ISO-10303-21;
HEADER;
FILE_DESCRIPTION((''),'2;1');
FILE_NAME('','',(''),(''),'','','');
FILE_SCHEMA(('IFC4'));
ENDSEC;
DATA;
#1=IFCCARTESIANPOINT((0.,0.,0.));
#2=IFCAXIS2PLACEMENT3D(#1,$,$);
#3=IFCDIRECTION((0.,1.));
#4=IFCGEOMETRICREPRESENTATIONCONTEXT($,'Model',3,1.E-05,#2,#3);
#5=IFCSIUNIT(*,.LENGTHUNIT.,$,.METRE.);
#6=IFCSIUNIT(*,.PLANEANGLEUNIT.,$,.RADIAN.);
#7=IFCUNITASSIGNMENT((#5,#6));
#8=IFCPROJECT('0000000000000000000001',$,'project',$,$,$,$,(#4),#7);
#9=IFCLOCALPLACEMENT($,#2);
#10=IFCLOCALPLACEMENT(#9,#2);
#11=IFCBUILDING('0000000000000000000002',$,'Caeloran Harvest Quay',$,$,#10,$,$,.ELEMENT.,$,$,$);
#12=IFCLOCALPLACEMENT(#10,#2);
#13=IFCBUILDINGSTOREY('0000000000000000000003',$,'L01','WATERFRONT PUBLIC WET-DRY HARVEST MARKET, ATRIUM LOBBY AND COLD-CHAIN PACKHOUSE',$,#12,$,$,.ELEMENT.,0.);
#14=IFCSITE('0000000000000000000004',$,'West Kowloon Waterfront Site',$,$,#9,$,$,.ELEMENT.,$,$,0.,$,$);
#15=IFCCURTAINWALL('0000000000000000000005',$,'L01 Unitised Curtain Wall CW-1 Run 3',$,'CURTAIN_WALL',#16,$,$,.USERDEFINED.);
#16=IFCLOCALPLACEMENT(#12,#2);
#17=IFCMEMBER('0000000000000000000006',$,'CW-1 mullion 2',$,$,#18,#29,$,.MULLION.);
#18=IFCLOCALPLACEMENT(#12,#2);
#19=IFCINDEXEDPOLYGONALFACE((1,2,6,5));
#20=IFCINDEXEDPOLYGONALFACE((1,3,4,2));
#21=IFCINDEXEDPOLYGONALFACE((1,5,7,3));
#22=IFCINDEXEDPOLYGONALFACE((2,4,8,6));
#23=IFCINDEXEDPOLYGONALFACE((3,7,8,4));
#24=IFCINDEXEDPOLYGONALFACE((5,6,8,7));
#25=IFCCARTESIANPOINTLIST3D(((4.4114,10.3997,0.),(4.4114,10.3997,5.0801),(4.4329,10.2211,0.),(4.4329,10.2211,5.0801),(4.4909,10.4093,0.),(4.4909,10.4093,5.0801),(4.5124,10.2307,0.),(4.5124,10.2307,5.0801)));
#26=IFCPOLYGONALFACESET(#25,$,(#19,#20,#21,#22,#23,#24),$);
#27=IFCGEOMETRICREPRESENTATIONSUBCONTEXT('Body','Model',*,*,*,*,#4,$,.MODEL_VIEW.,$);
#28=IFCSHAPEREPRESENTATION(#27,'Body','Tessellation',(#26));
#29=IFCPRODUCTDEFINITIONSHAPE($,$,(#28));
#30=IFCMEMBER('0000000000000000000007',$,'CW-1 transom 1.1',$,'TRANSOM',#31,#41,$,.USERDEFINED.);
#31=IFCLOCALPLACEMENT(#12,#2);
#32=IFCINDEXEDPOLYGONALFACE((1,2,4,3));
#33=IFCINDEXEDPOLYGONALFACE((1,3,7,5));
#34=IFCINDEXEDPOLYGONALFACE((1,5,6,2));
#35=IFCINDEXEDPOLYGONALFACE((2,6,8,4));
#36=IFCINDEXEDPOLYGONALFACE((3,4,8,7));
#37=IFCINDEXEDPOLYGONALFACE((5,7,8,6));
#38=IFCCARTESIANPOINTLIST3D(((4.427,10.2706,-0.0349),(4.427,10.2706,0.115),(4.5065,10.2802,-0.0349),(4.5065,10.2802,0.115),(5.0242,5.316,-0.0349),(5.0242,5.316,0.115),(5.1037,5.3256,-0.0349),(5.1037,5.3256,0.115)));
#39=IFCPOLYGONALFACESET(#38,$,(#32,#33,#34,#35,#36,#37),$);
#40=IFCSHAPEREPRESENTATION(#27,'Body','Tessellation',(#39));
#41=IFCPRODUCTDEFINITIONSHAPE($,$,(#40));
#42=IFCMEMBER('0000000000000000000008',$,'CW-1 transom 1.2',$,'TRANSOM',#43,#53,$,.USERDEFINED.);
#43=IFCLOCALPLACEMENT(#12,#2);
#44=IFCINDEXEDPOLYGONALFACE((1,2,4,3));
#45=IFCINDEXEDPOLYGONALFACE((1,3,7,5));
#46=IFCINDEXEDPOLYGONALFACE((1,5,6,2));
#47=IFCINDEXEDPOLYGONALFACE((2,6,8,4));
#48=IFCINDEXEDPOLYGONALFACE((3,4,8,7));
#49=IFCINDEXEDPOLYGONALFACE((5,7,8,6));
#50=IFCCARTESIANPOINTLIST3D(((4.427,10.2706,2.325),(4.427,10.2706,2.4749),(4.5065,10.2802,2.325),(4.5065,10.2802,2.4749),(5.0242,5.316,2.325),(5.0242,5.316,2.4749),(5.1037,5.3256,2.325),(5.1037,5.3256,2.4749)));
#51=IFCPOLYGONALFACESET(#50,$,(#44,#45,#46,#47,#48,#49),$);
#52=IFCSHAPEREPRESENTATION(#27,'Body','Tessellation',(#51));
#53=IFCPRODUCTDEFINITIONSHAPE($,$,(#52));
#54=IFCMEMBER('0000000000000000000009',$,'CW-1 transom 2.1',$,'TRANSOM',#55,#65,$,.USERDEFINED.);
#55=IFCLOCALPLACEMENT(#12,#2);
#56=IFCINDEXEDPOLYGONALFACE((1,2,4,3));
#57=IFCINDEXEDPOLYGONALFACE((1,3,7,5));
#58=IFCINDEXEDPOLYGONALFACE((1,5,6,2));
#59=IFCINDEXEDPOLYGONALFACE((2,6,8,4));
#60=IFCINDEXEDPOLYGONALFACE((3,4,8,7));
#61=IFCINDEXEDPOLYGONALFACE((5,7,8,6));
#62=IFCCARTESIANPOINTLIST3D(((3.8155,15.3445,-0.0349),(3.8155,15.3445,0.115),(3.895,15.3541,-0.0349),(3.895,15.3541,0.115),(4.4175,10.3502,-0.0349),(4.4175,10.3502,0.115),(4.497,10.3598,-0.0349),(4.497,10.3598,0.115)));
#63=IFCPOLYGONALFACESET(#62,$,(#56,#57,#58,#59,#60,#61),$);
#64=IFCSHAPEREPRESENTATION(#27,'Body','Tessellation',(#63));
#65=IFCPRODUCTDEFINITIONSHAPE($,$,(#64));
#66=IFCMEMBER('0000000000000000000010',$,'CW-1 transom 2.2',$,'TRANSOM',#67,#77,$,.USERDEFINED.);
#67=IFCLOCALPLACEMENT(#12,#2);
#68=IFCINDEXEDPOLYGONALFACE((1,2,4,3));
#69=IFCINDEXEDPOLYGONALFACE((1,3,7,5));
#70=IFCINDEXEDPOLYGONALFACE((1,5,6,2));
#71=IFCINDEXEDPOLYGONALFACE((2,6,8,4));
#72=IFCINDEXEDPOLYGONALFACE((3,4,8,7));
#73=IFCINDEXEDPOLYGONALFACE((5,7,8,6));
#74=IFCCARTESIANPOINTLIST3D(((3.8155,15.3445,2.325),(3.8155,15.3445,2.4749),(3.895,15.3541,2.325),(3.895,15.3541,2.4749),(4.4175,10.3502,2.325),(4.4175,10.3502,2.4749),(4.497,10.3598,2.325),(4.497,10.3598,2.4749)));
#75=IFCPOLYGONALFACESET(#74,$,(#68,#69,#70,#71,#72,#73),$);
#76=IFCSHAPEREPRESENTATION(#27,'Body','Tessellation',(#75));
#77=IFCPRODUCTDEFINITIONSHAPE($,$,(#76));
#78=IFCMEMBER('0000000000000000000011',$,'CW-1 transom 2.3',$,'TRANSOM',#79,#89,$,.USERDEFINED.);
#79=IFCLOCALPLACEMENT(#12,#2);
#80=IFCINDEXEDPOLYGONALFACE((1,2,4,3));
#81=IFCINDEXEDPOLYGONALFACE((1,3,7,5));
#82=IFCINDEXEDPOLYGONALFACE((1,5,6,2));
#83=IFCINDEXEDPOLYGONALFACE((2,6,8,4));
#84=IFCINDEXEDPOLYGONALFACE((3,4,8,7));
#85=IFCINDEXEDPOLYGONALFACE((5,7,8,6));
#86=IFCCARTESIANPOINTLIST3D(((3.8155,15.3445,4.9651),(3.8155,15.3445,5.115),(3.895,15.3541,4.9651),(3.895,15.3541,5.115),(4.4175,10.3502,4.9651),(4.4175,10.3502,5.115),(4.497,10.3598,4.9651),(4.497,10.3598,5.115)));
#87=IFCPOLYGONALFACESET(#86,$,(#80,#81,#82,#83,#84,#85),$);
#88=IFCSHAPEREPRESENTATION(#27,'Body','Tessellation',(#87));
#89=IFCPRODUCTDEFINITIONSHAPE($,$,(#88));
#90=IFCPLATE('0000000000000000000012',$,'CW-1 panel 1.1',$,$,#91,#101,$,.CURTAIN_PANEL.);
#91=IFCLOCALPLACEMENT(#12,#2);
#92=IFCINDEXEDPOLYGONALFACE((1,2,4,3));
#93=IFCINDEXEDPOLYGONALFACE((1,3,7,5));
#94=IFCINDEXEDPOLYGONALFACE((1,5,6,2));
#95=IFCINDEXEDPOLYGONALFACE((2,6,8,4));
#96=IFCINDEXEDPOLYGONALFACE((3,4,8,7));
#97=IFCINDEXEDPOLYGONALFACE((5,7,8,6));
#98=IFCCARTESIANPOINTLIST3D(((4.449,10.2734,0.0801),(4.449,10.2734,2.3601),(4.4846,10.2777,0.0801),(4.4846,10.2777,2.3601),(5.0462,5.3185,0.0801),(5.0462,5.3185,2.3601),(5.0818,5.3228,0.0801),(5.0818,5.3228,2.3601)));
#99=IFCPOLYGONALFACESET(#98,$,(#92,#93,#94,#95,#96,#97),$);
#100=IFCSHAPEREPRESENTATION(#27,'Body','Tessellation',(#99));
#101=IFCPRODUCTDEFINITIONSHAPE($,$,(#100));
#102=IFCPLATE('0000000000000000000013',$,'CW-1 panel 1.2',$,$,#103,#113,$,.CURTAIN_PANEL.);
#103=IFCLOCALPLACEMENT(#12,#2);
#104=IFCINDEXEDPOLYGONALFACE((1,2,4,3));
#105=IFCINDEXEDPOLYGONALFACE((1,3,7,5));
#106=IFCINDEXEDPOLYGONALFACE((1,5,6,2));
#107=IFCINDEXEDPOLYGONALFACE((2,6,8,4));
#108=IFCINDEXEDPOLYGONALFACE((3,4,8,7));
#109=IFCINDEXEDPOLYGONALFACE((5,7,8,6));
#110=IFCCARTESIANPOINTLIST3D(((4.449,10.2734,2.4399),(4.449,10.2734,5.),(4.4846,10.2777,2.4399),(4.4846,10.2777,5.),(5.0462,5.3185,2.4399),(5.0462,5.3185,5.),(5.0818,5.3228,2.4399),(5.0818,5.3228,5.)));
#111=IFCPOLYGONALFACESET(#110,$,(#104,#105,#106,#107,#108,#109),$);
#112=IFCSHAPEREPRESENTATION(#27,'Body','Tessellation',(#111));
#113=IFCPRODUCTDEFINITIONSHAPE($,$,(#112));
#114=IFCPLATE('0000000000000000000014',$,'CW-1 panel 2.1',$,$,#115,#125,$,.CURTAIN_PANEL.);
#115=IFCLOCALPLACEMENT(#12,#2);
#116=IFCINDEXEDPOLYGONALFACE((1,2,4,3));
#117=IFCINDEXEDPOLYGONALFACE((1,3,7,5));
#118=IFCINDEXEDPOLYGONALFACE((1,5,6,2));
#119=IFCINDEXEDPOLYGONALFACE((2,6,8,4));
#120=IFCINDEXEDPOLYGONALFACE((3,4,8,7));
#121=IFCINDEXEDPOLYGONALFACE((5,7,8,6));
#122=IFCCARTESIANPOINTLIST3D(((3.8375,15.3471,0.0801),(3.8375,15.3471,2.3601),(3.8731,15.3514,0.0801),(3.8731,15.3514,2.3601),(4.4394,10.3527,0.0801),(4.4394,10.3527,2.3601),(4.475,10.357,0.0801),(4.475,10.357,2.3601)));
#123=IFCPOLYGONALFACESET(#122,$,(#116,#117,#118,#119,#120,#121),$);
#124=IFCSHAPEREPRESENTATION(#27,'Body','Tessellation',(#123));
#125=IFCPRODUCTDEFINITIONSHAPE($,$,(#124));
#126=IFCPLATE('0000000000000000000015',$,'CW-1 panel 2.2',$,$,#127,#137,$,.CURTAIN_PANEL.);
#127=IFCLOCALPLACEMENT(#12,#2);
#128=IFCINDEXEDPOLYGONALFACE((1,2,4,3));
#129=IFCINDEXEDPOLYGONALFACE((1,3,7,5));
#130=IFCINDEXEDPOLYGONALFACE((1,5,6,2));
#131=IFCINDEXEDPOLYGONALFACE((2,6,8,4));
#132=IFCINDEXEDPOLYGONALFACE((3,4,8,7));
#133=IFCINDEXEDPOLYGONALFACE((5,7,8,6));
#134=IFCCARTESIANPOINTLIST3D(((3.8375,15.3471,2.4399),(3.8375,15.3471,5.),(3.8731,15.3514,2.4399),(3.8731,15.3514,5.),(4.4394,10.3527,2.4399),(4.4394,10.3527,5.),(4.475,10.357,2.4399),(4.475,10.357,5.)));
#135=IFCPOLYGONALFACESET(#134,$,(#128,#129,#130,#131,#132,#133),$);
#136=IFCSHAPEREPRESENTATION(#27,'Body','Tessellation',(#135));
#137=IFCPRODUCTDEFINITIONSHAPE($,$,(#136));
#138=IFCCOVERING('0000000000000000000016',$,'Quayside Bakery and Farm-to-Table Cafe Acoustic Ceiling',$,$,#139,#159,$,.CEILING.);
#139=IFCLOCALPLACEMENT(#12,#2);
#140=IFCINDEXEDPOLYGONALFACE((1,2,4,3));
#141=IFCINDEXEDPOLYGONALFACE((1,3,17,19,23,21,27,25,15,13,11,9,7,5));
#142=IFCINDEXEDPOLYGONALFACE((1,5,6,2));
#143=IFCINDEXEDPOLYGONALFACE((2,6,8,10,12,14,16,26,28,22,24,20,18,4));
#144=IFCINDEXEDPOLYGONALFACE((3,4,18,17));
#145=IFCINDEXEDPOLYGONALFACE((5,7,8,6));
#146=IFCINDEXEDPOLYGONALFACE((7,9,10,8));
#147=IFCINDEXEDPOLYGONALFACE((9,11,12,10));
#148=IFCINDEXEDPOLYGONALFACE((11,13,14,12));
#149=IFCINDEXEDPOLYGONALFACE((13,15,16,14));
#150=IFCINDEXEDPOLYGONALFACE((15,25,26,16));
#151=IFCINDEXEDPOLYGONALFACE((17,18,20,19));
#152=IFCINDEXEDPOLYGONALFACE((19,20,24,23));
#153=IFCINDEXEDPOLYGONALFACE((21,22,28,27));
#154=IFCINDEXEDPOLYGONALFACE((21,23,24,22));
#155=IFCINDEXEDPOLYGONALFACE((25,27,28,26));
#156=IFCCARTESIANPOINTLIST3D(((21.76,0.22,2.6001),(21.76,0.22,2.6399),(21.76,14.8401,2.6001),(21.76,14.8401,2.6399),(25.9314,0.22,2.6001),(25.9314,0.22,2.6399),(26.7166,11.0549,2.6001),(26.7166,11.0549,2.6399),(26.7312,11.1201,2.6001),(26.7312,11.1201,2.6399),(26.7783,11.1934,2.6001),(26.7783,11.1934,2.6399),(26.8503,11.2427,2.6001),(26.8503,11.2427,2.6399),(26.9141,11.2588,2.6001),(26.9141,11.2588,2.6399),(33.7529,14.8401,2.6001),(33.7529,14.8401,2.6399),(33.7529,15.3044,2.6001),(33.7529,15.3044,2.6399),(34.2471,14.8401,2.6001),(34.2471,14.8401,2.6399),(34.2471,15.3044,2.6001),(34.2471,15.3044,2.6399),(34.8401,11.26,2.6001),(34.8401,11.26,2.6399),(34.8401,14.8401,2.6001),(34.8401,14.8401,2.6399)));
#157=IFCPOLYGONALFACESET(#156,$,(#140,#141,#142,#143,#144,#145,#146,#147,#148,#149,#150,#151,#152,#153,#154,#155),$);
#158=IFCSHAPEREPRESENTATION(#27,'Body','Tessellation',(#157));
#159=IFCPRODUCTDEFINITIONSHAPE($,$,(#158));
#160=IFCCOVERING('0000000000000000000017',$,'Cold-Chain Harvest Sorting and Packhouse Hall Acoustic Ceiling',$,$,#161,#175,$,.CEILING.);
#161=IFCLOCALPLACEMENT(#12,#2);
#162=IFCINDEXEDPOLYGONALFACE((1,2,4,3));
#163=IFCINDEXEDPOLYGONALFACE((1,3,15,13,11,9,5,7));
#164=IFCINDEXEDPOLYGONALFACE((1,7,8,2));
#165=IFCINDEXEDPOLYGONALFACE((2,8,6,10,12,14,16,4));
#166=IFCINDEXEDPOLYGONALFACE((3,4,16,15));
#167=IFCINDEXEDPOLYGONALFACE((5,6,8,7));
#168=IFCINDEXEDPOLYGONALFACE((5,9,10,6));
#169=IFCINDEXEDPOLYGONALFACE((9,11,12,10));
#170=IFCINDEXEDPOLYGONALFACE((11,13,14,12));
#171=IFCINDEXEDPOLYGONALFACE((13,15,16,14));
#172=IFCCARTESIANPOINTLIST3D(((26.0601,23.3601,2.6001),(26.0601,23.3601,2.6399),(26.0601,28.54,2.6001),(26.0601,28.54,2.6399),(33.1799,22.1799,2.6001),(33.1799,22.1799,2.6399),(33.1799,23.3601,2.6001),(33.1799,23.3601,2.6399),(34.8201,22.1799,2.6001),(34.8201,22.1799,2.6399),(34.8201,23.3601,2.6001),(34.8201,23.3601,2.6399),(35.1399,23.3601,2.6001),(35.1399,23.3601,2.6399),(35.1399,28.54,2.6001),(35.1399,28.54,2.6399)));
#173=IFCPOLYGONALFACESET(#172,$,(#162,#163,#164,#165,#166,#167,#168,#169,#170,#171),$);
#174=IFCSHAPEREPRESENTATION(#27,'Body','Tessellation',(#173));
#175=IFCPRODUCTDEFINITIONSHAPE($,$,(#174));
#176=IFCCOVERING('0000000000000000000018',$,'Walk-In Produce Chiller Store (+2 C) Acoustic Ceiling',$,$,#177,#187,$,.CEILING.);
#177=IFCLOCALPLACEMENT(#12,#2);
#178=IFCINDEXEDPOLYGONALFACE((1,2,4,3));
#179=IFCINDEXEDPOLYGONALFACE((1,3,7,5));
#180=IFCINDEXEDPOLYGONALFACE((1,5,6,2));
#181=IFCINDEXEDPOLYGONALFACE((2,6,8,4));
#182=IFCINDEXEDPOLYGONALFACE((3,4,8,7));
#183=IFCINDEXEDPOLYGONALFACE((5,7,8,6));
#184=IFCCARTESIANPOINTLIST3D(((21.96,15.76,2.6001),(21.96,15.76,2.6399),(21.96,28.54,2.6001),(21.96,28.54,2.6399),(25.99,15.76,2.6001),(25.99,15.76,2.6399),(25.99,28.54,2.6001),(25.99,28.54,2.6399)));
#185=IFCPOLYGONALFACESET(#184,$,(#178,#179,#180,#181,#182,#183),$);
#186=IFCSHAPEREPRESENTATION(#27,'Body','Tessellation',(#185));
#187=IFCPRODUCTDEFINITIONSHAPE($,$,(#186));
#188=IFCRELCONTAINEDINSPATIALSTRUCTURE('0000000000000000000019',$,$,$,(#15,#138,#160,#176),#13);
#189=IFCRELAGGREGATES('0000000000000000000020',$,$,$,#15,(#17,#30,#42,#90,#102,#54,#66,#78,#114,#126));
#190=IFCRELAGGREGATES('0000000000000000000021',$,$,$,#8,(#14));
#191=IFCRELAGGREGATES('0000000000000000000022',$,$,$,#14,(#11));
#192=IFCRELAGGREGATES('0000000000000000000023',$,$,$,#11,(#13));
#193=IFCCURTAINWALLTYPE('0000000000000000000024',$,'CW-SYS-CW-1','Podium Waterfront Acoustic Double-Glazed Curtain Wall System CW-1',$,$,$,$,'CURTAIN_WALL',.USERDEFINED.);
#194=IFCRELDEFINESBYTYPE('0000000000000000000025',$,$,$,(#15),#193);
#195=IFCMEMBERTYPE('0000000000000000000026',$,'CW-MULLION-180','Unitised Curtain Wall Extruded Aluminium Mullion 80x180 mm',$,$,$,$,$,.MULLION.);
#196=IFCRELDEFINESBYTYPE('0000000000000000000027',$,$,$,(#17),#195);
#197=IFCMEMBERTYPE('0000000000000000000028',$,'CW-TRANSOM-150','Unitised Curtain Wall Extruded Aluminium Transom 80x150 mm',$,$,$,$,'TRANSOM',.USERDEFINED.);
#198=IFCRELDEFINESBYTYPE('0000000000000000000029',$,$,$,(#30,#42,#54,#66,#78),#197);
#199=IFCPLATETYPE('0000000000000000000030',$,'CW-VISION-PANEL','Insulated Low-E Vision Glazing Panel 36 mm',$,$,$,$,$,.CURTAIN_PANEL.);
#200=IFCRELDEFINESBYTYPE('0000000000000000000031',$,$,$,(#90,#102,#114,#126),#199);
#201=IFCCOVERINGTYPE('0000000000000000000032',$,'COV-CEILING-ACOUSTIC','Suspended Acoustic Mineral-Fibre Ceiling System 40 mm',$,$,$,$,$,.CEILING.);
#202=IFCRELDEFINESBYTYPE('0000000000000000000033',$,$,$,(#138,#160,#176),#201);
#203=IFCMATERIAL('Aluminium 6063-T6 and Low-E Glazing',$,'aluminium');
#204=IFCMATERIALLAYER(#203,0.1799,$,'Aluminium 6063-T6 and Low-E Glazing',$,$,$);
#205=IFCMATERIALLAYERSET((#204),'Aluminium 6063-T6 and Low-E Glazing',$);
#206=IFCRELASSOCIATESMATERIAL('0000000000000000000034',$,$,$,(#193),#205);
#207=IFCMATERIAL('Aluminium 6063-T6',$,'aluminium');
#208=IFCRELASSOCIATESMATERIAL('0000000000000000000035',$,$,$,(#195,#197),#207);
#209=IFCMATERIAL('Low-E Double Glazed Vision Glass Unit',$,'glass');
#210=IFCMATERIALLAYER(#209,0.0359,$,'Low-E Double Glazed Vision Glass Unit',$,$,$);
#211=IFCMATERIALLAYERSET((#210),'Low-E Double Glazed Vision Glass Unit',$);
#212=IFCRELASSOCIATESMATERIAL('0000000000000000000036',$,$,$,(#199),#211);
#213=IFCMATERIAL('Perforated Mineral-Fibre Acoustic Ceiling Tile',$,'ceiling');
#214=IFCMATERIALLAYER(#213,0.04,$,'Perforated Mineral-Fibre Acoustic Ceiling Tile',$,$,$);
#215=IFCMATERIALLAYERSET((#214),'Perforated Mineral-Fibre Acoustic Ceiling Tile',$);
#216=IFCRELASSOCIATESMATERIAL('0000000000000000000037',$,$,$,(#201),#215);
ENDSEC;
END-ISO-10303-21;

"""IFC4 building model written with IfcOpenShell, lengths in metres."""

from ifc_helpers import new_model, si_unit, direction, frame, origin, origin_2d, place, context, subcontext, project, spatial, polyline, rectangle, outline, extrude, material, layer, layer_set, material_profile, profile_set, type_object, element, aggregate, save


model = new_model("IFC4")

# Units and contexts
model_context = context("Model", 3, precision=1e-05, world=origin(), true_north=direction((0.0, 1.0)))
body_context = subcontext(model_context, "Body", "Model", "MODEL_VIEW")
ifc_project = project(units=[si_unit("LENGTHUNIT", "METRE"), si_unit("PLANEANGLEUNIT", "RADIAN")], contexts=[model_context])

# Site, building, storey
site_placement = place(None, origin())
site = spatial("IfcSite", under=ifc_project, at=site_placement, Name="West Kowloon Waterfront Site", CompositionType="ELEMENT", RefElevation=0.0)
building_placement = place(site_placement, origin())
building = spatial("IfcBuilding", under=site, at=building_placement, Name="Caeloran Harvest Quay", CompositionType="ELEMENT")
storey_placement = place(building_placement, origin())
storey = spatial("IfcBuildingStorey", under=building, at=storey_placement, Name="L01", Description="WATERFRONT PUBLIC WET-DRY HARVEST MARKET, ATRIUM LOBBY AND COLD-CHAIN PACKHOUSE", CompositionType="ELEMENT", Elevation=0.0)

# Curtain wall, members, plates
ifc_material_1 = material(Name="Aluminium 6063-T6 and Low-E Glazing", Category="aluminium")
ifc_layer_1 = layer(ifc_material_1, 0.1799, Name="Aluminium 6063-T6 and Low-E Glazing")
ifc_layer_set_1 = layer_set([ifc_layer_1], Name="Aluminium 6063-T6 and Low-E Glazing")
curtain_wall_type = type_object("IfcCurtainWallType", Name="CW-SYS-CW-1", Description="Podium Waterfront Acoustic Double-Glazed Curtain Wall System CW-1", ElementType="CURTAIN_WALL", PredefinedType="USERDEFINED", material=ifc_layer_set_1)
curtain_wall_placement = place(storey_placement, origin())
curtain_wall = element("IfcCurtainWall", 1, at=curtain_wall_placement, inside=storey, type_object=curtain_wall_type, Name="L01 Unitised Curtain Wall CW-1 Run 3", ObjectType="CURTAIN_WALL", PredefinedType="USERDEFINED")
ifc_material_2 = material(Name="Aluminium 6063-T6", Category="aluminium")
ifc_material_profile_1 = material_profile(ifc_material_2, rectangle(XDim=0.0801, YDim=0.1799, at=origin_2d()), Name="CW-MULLION-180")
ifc_profile_set_1 = profile_set([ifc_material_profile_1], Name="Aluminium 6063-T6")
member_type_1 = type_object("IfcMemberType", Name="CW-MULLION-180", Description="Unitised Curtain Wall Extruded Aluminium Mullion 80x180 mm", PredefinedType="MULLION", material=ifc_profile_set_1)
member_1_placement = place(storey_placement, frame((4.4619, 10.3152, 0.0), z_axis=(0.0, 0.0, 1.0), x_axis=(-0.992815, -0.119658, 0.0)))
member_1 = element("IfcMember", 2, at=member_1_placement, type_object=member_type_1, Name="CW-1 mullion 2", PredefinedType="MULLION", context=body_context, shape_type="SweptSolid", body=[
    extrude(rectangle(XDim=0.0801, YDim=0.1799, at=origin_2d()), origin(), (0.0, 0.0, 1.0), 5.0801),
])
ifc_material_profile_2 = material_profile(ifc_material_2, rectangle(XDim=0.0801, YDim=0.1499, at=origin_2d()), Name="CW-TRANSOM-150")
ifc_profile_set_2 = profile_set([ifc_material_profile_2], Name="Aluminium 6063-T6")
member_type_2 = type_object("IfcMemberType", Name="CW-TRANSOM-150", Description="Unitised Curtain Wall Extruded Aluminium Transom 80x150 mm", ElementType="TRANSOM", PredefinedType="USERDEFINED", material=ifc_profile_set_2)
member_2_placement = place(storey_placement, frame((5.064, 5.3208, 0.04), z_axis=(-0.119662, 0.992815, 0.0), x_axis=(-0.992815, -0.119662, 0.0)))
member_2 = element("IfcMember", 3, at=member_2_placement, type_object=member_type_2, Name="CW-1 transom 1.1", ObjectType="TRANSOM", PredefinedType="USERDEFINED", context=body_context, shape_type="SweptSolid", body=[
    extrude(rectangle(XDim=0.0801, YDim=0.1499, at=origin_2d()), origin(), (0.0, 0.0, 1.0), 4.9905),
])
member_3_placement = place(storey_placement, frame((5.064, 5.3208, 2.3999), z_axis=(-0.119662, 0.992815, 0.0), x_axis=(-0.992815, -0.119662, 0.0)))
member_3 = element("IfcMember", 4, at=member_3_placement, type_object=member_type_2, Name="CW-1 transom 1.2", ObjectType="TRANSOM", PredefinedType="USERDEFINED", context=body_context, shape_type="SweptSolid", body=[
    extrude(rectangle(XDim=0.0801, YDim=0.1499, at=origin_2d()), origin(), (0.0, 0.0, 1.0), 4.9905),
])
member_4_placement = place(storey_placement, frame((4.4573, 10.355, 0.04), z_axis=(-0.119679, 0.992813, 0.0), x_axis=(-0.992813, -0.119679, 0.0)))
member_4 = element("IfcMember", 5, at=member_4_placement, type_object=member_type_2, Name="CW-1 transom 2.1", ObjectType="TRANSOM", PredefinedType="USERDEFINED", context=body_context, shape_type="SweptSolid", body=[
    extrude(rectangle(XDim=0.0801, YDim=0.1499, at=origin_2d()), origin(), (0.0, 0.0, 1.0), 5.0305),
])
member_5_placement = place(storey_placement, frame((4.4573, 10.355, 2.3999), z_axis=(-0.119679, 0.992813, 0.0), x_axis=(-0.992813, -0.119679, 0.0)))
member_5 = element("IfcMember", 6, at=member_5_placement, type_object=member_type_2, Name="CW-1 transom 2.2", ObjectType="TRANSOM", PredefinedType="USERDEFINED", context=body_context, shape_type="SweptSolid", body=[
    extrude(rectangle(XDim=0.0801, YDim=0.1499, at=origin_2d()), origin(), (0.0, 0.0, 1.0), 5.0305),
])
member_6_placement = place(storey_placement, frame((4.4573, 10.355, 5.04), z_axis=(-0.119679, 0.992813, 0.0), x_axis=(-0.992813, -0.119679, 0.0)))
member_6 = element("IfcMember", 7, at=member_6_placement, type_object=member_type_2, Name="CW-1 transom 2.3", ObjectType="TRANSOM", PredefinedType="USERDEFINED", context=body_context, shape_type="SweptSolid", body=[
    extrude(rectangle(XDim=0.0801, YDim=0.1499, at=origin_2d()), origin(), (0.0, 0.0, 1.0), 5.0305),
])
ifc_material_3 = material(Name="Low-E Double Glazed Vision Glass Unit", Category="glass")
ifc_layer_2 = layer(ifc_material_3, 0.0359, Name="Low-E Double Glazed Vision Glass Unit")
ifc_layer_set_2 = layer_set([ifc_layer_2], Name="Low-E Double Glazed Vision Glass Unit")
plate_type = type_object("IfcPlateType", Name="CW-VISION-PANEL", Description="Insulated Low-E Vision Glazing Panel 36 mm", PredefinedType="CURTAIN_PANEL", material=ifc_layer_set_2)
plate_1_placement = place(storey_placement, frame((4.7654, 7.7981, 0.0801), z_axis=(0.0, 0.0, 1.0), x_axis=(-0.119658, 0.992815, 0.0)))
plate_1 = element("IfcPlate", 8, at=plate_1_placement, type_object=plate_type, Name="CW-1 panel 1.1", PredefinedType="CURTAIN_PANEL", context=body_context, shape_type="SweptSolid", body=[
    extrude(rectangle(XDim=4.9907, YDim=0.0359, at=origin_2d()), origin(), (0.0, 0.0, 1.0), 2.28),
])
plate_2_placement = place(storey_placement, frame((4.7654, 7.7981, 2.4399), z_axis=(0.0, 0.0, 1.0), x_axis=(-0.119658, 0.992815, 0.0)))
plate_2 = element("IfcPlate", 9, at=plate_2_placement, type_object=plate_type, Name="CW-1 panel 1.2", PredefinedType="CURTAIN_PANEL", context=body_context, shape_type="SweptSolid", body=[
    extrude(rectangle(XDim=4.9907, YDim=0.0359, at=origin_2d()), origin(), (0.0, 0.0, 1.0), 2.5601),
])
plate_3_placement = place(storey_placement, frame((4.1562, 12.8521, 0.0801), z_axis=(0.0, 0.0, 1.0), x_axis=(-0.119658, 0.992815, 0.0)))
plate_3 = element("IfcPlate", 10, at=plate_3_placement, type_object=plate_type, Name="CW-1 panel 2.1", PredefinedType="CURTAIN_PANEL", context=body_context, shape_type="SweptSolid", body=[
    extrude(rectangle(XDim=5.0305, YDim=0.0359, at=origin_2d()), origin(), (0.0, 0.0, 1.0), 2.28),
])
plate_4_placement = place(storey_placement, frame((4.1562, 12.8521, 2.4399), z_axis=(0.0, 0.0, 1.0), x_axis=(-0.119658, 0.992815, 0.0)))
plate_4 = element("IfcPlate", 11, at=plate_4_placement, type_object=plate_type, Name="CW-1 panel 2.2", PredefinedType="CURTAIN_PANEL", context=body_context, shape_type="SweptSolid", body=[
    extrude(rectangle(XDim=5.0305, YDim=0.0359, at=origin_2d()), origin(), (0.0, 0.0, 1.0), 2.5601),
])
aggregate(curtain_wall, [member_1, member_2, member_3, plate_1, plate_2, member_4, member_5, member_6, plate_3, plate_4])

# Coverings
ifc_material_4 = material(Name="Perforated Mineral-Fibre Acoustic Ceiling Tile", Category="ceiling")
ifc_layer_3 = layer(ifc_material_4, 0.04, Name="Perforated Mineral-Fibre Acoustic Ceiling Tile")
ifc_layer_set_3 = layer_set([ifc_layer_3], Name="Perforated Mineral-Fibre Acoustic Ceiling Tile")
covering_type_1 = type_object("IfcCoveringType", Name="COV-CEILING-ACOUSTIC", Description="Suspended Acoustic Mineral-Fibre Ceiling System 40 mm", PredefinedType="CEILING", material=ifc_layer_set_3)
covering_1_placement = place(storey_placement, frame((0.0, 0.0, 2.6001)))
element("IfcCovering", 12, at=covering_1_placement, inside=storey, type_object=covering_type_1, Name="Quayside Bakery and Farm-to-Table Cafe Acoustic Ceiling", PredefinedType="CEILING", context=body_context, shape_type="SweptSolid", body=[
    extrude(outline(polyline([(26.9141, 11.2588), (26.8503, 11.2427), (26.7783, 11.1934), (26.7312, 11.1201), (26.7166, 11.0549), (25.9314, 0.22), (21.76, 0.22), (21.76, 14.8401), (33.7529, 14.8401), (33.7529, 15.3044), (34.2471, 15.3044), (34.2471, 14.8401), (34.8401, 14.8401), (34.8401, 11.26), (26.9141, 11.2588)])), origin(), (0.0, 0.0, 1.0), 0.0398),
])
covering_2_placement = place(storey_placement, frame((0.0, 0.0, 2.6001)))
element("IfcCovering", 13, at=covering_2_placement, inside=storey, type_object=covering_type_1, Name="Cold-Chain Harvest Sorting and Packhouse Hall Acoustic Ceiling", PredefinedType="CEILING", context=body_context, shape_type="SweptSolid", body=[
    extrude(outline(polyline([(34.8201, 22.1799), (33.1799, 22.1799), (33.1799, 23.3601), (26.0601, 23.3601), (26.0601, 28.54), (35.1399, 28.54), (35.1399, 23.3601), (34.8201, 23.3601), (34.8201, 22.1799)])), origin(), (0.0, 0.0, 1.0), 0.0398),
])
covering_3_placement = place(storey_placement, frame((0.0, 0.0, 2.6001)))
element("IfcCovering", 14, at=covering_3_placement, inside=storey, type_object=covering_type_1, Name="Walk-In Produce Chiller Store (+2 C) Acoustic Ceiling", PredefinedType="CEILING", context=body_context, shape_type="SweptSolid", body=[
    extrude(outline(polyline([(25.99, 28.54), (25.99, 15.76), (21.96, 15.76), (21.96, 28.54), (25.99, 28.54)])), origin(), (0.0, 0.0, 1.0), 0.0398),
])

save(model, "model.ifc")
